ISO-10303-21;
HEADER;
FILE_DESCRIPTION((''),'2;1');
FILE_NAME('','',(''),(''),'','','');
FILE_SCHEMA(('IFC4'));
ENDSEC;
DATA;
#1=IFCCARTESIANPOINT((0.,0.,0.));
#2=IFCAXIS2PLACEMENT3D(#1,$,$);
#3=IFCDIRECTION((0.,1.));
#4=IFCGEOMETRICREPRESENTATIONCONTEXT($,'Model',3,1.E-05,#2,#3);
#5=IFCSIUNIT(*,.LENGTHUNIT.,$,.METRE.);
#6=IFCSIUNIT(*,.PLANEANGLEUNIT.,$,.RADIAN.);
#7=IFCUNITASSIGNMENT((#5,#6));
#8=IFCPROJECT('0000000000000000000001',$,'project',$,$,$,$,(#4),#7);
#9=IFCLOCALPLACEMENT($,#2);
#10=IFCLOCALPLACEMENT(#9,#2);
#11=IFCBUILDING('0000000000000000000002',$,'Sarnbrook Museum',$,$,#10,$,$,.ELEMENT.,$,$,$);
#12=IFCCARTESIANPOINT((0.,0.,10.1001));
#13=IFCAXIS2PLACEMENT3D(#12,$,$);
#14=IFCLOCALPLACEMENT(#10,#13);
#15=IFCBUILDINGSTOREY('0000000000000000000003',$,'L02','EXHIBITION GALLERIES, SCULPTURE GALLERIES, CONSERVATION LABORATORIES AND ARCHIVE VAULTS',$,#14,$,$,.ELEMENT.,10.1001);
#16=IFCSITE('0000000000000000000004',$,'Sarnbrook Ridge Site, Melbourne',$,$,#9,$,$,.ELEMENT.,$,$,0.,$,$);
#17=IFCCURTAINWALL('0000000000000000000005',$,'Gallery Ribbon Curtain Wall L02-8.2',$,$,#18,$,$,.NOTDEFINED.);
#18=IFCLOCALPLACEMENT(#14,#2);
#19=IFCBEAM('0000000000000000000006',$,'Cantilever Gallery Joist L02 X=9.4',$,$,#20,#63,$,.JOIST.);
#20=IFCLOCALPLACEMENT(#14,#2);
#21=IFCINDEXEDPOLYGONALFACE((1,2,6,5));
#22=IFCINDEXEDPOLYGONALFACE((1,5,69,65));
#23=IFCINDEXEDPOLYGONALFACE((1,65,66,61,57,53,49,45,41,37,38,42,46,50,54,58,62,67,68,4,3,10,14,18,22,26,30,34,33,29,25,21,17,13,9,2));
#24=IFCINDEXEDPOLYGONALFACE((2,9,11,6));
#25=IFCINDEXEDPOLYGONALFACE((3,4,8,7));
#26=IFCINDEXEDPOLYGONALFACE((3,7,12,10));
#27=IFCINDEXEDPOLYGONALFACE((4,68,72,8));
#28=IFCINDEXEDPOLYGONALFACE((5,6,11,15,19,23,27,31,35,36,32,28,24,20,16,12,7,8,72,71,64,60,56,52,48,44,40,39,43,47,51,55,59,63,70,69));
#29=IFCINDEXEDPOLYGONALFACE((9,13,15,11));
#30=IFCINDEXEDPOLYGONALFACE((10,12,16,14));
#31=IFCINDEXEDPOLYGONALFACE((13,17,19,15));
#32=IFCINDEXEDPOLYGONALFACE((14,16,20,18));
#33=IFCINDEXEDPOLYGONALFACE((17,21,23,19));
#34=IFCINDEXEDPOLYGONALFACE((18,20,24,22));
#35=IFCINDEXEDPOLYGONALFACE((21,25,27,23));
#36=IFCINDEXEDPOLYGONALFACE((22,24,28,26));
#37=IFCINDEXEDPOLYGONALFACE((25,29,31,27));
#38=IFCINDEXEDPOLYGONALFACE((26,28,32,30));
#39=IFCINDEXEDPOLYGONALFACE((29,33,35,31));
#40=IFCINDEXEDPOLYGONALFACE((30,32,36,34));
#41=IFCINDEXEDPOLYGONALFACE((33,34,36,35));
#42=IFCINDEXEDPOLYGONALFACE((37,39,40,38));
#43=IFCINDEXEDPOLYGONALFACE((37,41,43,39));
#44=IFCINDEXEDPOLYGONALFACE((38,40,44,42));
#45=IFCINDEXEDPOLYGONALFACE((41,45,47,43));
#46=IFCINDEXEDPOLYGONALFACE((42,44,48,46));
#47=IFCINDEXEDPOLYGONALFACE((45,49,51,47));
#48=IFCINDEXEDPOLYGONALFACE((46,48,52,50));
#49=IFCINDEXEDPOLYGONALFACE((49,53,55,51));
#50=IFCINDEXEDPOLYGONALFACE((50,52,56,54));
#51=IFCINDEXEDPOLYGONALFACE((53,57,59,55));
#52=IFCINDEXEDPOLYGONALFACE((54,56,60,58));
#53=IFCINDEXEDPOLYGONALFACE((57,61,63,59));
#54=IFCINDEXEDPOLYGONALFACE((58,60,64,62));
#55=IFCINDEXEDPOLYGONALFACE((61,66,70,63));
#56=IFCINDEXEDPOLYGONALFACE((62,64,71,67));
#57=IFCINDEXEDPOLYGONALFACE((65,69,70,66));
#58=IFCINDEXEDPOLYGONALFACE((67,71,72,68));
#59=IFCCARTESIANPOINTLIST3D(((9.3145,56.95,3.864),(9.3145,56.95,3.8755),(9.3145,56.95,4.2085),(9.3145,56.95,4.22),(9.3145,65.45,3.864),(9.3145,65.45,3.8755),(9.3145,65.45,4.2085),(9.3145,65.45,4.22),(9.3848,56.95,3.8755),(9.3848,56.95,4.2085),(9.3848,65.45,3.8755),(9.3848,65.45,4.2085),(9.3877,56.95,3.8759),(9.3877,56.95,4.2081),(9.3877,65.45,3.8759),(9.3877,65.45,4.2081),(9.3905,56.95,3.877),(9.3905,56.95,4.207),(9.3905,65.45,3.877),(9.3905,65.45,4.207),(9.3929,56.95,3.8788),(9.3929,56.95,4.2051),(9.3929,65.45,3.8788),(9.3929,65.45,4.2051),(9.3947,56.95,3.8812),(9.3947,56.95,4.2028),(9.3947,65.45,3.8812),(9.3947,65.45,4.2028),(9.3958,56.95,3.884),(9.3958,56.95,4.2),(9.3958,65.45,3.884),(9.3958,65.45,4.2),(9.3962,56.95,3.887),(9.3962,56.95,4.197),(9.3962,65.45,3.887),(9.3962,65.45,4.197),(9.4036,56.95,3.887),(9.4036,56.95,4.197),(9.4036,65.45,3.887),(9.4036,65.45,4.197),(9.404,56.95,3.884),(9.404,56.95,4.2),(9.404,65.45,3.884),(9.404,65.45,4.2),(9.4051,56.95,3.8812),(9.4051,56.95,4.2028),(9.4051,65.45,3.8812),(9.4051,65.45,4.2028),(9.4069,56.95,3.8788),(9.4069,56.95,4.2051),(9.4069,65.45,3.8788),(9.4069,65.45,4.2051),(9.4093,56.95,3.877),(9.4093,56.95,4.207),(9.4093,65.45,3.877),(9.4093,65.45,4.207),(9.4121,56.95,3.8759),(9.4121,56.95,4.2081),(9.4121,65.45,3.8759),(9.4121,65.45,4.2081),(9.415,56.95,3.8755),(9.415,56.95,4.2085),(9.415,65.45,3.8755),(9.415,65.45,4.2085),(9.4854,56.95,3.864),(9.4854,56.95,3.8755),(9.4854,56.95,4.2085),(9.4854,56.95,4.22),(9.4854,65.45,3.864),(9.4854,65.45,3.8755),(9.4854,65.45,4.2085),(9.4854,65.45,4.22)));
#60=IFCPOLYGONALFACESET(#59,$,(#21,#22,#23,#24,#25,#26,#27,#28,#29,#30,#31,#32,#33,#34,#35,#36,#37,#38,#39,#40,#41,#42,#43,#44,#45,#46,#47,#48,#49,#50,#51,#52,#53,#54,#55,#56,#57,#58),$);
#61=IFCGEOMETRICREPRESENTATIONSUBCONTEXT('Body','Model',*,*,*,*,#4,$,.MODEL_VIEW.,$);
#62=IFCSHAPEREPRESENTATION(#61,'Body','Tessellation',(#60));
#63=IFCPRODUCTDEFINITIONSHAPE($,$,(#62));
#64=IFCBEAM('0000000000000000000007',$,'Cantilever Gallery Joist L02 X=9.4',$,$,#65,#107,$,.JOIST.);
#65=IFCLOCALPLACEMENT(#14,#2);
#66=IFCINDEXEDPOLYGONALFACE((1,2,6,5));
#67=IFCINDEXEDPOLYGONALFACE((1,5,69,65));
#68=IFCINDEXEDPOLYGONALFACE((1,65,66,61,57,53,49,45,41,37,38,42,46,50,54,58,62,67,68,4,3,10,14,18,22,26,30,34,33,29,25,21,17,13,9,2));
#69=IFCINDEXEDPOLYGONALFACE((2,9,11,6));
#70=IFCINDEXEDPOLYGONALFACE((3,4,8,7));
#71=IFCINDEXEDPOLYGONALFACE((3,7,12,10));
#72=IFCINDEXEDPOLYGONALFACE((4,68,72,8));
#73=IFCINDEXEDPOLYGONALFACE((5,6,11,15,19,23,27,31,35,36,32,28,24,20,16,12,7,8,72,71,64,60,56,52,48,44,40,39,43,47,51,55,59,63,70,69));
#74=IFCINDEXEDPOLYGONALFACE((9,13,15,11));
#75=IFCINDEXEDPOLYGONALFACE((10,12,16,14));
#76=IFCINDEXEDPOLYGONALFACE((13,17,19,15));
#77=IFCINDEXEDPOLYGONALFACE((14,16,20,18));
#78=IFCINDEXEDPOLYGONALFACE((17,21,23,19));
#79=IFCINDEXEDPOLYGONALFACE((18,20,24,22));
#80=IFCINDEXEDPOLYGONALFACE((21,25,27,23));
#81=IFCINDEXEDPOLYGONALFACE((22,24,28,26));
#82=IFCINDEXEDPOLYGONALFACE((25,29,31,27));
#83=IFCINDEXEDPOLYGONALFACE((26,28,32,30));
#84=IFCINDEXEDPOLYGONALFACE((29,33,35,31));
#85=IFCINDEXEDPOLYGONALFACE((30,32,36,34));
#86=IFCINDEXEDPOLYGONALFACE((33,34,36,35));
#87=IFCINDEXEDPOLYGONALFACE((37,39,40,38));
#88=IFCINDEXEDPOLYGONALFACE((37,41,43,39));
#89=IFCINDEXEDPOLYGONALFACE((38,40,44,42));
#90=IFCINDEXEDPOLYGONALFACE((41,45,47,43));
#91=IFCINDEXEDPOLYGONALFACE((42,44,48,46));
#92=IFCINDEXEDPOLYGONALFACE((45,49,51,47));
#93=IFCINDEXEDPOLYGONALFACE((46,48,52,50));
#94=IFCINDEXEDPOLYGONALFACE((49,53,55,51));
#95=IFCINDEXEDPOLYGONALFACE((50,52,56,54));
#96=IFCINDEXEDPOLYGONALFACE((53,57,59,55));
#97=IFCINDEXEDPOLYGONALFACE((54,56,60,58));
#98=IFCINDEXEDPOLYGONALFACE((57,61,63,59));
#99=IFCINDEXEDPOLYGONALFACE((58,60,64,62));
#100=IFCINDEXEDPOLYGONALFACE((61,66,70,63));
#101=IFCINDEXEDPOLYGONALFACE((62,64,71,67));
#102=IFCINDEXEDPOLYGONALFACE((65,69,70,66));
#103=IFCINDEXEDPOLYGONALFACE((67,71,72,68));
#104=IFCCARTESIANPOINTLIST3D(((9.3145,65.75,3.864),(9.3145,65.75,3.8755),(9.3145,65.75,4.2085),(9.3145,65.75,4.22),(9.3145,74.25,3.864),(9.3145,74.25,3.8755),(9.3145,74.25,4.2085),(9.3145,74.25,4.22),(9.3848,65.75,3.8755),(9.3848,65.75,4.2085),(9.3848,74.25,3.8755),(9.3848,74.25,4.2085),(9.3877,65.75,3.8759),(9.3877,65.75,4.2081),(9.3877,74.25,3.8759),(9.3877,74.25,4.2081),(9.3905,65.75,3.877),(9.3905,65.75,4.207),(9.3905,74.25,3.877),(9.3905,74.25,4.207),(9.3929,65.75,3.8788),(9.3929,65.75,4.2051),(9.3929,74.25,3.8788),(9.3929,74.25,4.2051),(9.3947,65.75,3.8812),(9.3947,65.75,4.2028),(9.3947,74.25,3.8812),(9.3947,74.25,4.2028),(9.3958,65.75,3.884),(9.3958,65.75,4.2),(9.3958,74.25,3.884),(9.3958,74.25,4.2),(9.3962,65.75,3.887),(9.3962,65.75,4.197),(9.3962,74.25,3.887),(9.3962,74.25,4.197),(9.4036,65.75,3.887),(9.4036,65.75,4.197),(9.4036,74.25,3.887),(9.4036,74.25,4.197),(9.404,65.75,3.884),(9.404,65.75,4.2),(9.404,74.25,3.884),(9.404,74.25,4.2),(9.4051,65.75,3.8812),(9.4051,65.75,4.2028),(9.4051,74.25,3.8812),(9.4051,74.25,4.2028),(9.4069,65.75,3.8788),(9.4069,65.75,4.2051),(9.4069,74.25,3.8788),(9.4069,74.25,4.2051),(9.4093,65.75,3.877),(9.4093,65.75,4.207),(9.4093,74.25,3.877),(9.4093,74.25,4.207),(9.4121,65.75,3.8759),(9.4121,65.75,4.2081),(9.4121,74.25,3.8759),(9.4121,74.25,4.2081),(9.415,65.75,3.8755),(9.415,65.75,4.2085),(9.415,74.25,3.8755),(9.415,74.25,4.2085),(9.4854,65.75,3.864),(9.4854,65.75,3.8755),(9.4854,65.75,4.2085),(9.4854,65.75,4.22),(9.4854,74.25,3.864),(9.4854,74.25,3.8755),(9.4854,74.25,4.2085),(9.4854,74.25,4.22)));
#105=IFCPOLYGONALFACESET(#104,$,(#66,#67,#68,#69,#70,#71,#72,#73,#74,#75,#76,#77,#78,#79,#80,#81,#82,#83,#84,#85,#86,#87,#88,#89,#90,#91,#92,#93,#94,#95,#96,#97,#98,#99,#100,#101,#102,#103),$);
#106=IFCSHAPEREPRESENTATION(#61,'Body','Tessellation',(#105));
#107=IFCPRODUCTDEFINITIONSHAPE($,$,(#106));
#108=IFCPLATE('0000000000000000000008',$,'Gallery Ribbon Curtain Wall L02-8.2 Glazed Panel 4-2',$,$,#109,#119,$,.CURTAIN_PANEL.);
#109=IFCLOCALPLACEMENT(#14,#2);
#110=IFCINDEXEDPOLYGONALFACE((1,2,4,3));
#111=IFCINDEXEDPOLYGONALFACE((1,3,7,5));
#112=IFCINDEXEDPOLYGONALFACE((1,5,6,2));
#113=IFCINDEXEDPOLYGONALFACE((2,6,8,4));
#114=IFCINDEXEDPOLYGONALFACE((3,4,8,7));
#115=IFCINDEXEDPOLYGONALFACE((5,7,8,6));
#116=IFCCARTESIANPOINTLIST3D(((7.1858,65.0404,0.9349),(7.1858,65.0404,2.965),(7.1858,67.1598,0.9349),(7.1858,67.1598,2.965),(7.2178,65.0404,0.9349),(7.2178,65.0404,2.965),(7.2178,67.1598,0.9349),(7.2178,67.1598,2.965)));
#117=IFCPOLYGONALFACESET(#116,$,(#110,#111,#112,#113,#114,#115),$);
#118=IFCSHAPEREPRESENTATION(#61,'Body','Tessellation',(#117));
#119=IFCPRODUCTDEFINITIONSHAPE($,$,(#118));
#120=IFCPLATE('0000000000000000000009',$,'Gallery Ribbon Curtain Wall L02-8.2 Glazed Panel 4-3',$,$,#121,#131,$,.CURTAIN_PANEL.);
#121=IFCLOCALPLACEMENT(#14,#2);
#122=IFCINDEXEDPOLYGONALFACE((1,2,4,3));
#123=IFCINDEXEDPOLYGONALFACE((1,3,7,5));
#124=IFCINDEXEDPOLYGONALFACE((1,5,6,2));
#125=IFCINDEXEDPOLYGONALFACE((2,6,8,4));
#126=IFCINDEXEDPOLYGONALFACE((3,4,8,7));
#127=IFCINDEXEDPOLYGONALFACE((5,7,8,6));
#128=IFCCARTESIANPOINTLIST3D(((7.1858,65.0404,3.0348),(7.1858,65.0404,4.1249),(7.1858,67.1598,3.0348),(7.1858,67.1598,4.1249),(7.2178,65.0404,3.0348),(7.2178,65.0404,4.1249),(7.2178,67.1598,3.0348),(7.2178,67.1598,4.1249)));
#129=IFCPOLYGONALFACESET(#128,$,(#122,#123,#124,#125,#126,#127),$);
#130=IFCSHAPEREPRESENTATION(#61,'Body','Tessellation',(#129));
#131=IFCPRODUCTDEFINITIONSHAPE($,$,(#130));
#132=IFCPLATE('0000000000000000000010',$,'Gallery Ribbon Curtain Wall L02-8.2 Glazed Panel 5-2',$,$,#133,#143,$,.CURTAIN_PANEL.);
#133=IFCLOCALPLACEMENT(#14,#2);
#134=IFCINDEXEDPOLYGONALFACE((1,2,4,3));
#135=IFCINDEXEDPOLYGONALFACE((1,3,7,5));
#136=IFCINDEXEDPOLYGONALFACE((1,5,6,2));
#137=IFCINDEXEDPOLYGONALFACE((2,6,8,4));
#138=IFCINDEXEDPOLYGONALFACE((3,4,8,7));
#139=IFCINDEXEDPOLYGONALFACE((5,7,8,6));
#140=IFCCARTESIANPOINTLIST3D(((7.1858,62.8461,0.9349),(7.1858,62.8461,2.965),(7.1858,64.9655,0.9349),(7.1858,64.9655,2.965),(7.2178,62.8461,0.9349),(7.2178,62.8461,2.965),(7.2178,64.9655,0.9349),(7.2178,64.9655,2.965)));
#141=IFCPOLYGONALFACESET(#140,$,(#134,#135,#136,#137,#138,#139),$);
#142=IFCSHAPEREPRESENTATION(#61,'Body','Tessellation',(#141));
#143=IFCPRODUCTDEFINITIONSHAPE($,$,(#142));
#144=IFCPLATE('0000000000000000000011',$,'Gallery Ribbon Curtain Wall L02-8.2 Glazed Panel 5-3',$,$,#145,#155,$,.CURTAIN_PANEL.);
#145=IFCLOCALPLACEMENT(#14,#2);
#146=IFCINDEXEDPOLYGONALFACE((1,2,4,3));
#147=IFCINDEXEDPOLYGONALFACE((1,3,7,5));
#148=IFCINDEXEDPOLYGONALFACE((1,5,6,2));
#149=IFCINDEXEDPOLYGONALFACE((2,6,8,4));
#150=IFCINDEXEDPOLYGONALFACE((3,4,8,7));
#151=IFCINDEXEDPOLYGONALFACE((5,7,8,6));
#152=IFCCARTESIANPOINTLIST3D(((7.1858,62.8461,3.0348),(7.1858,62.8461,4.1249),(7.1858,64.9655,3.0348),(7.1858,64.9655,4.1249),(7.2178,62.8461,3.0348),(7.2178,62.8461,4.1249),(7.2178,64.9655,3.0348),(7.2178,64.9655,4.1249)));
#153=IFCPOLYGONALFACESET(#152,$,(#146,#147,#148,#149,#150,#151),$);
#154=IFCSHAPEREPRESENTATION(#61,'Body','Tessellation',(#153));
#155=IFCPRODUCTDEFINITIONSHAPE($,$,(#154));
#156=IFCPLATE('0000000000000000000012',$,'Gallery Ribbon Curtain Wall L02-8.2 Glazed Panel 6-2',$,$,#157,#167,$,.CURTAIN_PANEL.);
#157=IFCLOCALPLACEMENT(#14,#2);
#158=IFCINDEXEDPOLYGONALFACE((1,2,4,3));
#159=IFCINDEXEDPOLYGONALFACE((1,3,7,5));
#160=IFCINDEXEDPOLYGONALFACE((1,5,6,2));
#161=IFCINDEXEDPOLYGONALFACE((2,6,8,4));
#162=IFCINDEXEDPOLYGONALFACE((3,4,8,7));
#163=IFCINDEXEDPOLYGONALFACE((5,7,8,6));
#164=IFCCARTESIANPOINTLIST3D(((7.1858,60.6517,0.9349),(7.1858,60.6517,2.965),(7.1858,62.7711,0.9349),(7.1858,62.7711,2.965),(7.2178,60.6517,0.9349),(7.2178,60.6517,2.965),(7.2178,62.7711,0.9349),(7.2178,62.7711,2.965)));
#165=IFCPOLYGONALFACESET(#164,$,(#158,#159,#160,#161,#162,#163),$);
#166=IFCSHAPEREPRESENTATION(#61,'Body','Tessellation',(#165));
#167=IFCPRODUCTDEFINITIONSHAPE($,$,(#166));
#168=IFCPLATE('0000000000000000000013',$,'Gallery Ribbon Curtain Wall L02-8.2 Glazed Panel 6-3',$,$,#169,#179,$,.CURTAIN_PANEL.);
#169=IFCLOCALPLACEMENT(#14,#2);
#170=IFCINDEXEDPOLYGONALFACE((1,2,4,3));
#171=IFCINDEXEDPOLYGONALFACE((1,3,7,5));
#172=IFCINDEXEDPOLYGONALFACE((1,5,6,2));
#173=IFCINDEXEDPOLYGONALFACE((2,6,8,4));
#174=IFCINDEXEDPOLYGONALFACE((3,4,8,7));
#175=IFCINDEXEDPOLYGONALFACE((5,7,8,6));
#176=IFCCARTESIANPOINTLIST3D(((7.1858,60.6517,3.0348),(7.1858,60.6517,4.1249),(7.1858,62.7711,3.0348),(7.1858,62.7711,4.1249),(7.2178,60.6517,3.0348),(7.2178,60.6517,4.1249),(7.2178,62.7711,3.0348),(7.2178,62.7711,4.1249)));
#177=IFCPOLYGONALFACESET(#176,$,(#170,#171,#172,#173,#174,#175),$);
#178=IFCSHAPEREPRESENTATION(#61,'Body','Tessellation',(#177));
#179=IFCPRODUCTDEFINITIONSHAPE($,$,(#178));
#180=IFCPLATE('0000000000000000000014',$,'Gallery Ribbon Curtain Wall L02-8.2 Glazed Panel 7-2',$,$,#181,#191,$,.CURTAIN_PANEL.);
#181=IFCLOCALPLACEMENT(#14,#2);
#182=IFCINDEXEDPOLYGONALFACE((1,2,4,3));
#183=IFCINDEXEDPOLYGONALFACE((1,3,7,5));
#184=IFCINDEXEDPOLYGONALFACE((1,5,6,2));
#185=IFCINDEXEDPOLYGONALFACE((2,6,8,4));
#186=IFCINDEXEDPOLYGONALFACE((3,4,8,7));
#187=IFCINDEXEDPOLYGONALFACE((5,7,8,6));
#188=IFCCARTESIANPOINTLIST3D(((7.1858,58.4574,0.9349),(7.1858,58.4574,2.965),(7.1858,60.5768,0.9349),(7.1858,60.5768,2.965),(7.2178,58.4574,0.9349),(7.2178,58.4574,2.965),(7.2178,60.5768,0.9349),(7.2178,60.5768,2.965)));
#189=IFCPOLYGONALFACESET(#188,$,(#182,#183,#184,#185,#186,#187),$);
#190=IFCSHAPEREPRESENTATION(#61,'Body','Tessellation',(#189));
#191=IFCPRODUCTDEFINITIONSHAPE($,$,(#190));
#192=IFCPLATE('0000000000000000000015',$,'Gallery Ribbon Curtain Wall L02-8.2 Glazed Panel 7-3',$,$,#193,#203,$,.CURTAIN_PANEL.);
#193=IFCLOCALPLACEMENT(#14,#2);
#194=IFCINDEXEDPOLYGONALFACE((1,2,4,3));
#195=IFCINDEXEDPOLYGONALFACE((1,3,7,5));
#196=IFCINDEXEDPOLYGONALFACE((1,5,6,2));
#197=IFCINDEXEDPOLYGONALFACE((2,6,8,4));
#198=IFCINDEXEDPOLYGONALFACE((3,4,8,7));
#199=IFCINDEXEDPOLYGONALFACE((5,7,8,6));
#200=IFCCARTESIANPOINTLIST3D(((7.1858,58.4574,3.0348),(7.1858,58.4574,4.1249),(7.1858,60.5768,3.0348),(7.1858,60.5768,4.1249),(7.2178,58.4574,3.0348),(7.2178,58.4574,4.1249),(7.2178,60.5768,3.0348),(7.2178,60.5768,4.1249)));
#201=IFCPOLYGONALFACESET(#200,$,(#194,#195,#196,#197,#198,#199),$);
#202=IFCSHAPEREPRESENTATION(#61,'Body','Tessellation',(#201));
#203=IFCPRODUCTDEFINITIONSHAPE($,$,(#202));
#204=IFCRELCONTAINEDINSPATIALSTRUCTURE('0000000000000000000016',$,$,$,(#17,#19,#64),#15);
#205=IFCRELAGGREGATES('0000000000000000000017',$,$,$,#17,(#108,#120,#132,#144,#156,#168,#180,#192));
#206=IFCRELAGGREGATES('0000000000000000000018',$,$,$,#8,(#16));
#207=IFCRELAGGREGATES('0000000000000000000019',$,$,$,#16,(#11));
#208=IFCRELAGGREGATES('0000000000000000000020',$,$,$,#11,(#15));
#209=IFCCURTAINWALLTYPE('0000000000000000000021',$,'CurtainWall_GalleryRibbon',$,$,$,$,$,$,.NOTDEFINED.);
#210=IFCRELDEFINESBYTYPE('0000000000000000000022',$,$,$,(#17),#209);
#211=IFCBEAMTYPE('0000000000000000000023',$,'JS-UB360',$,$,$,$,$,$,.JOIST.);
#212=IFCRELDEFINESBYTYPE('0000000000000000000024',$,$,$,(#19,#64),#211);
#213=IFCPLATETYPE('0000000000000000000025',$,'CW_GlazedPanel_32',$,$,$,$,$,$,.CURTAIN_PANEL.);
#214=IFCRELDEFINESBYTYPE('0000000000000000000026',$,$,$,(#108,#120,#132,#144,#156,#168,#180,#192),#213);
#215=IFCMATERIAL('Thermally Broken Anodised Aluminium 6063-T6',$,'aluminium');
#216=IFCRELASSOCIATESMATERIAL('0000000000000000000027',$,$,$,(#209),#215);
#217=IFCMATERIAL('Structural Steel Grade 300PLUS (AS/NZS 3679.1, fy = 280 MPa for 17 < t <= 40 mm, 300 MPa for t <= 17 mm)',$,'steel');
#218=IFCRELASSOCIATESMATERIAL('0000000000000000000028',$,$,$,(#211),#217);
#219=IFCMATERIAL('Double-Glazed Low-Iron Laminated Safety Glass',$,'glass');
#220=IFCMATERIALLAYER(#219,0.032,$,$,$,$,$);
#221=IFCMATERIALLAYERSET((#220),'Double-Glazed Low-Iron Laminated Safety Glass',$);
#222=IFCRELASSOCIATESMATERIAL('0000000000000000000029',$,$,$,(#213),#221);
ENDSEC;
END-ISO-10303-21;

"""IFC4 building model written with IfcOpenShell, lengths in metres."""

from ifc_helpers import new_model, si_unit, direction, frame, origin, origin_2d, place, context, subcontext, project, spatial, rectangle, i_section, extrude, material, layer, layer_set, material_profile, profile_set, type_object, element, aggregate, save


model = new_model("IFC4")

# Units and contexts
model_context = context("Model", 3, precision=1e-05, world=origin(), true_north=direction((0.0, 1.0)))
body_context = subcontext(model_context, "Body", "Model", "MODEL_VIEW")
ifc_project = project(units=[si_unit("LENGTHUNIT", "METRE"), si_unit("PLANEANGLEUNIT", "RADIAN")], contexts=[model_context])

# Site, building, storey
site_placement = place(None, origin())
site = spatial("IfcSite", under=ifc_project, at=site_placement, Name="Sarnbrook Ridge Site, Melbourne", CompositionType="ELEMENT", RefElevation=0.0)
building_placement = place(site_placement, origin())
building = spatial("IfcBuilding", under=site, at=building_placement, Name="Sarnbrook Museum", CompositionType="ELEMENT")
storey_placement = place(building_placement, frame((0.0, 0.0, 10.1001)))
storey = spatial("IfcBuildingStorey", under=building, at=storey_placement, Name="L02", Description="EXHIBITION GALLERIES, SCULPTURE GALLERIES, CONSERVATION LABORATORIES AND ARCHIVE VAULTS", CompositionType="ELEMENT", Elevation=10.1001)

# Shared definitions
ifc_material_1 = material(Name="Structural Steel Grade 300PLUS (AS/NZS 3679.1, fy = 280 MPa for 17 < t <= 40 mm, 300 MPa for t <= 17 mm)", Category="steel")

# Curtain wall
ifc_material_2 = material(Name="Thermally Broken Anodised Aluminium 6063-T6", Category="aluminium")
curtain_wall_type = type_object("IfcCurtainWallType", Name="CurtainWall_GalleryRibbon", PredefinedType="NOTDEFINED", material=ifc_material_2)
curtain_wall_placement = place(storey_placement, origin())
curtain_wall = element("IfcCurtainWall", 1, at=curtain_wall_placement, inside=storey, type_object=curtain_wall_type, Name="Gallery Ribbon Curtain Wall L02-8.2", PredefinedType="NOTDEFINED")

# Beams
ifc_material_profile_1 = material_profile(ifc_material_1, i_section(OverallWidth=0.1709, OverallDepth=0.356, WebThickness=0.0073, FlangeThickness=0.0115, FilletRadius=0.0115, at=origin_2d()), Name="360UB50.7")
ifc_profile_set_1 = profile_set([ifc_material_profile_1], Name="Structural Steel Grade 300PLUS (AS/NZS 3679.1, fy = 280 MPa for 17 < t <= 40 mm, 300 MPa for t <= 17 mm)")
beam_type_1 = type_object("IfcBeamType", Name="JS-UB360", PredefinedType="JOIST", material=ifc_profile_set_1)
for number, where, z_axis, x_axis, name in (
    (2, (9.3999, 56.95, 4.042), (0.0, 1.0, 0.0), (-1.0, 0.0, 0.0), "Cantilever Gallery Joist L02 X=9.4"),
    (3, (9.3999, 65.75, 4.042), (0.0, 1.0, 0.0), (-1.0, 0.0, 0.0), "Cantilever Gallery Joist L02 X=9.4"),
):
    element("IfcBeam", number, at=place(storey_placement, frame(where, z_axis=z_axis, x_axis=x_axis)), inside=storey, type_object=beam_type_1, Name=name, PredefinedType="JOIST", context=body_context, shape_type="SweptSolid", body=[
        extrude(i_section(OverallWidth=0.1709, OverallDepth=0.356, WebThickness=0.0073, FlangeThickness=0.0115, FilletRadius=0.0115, at=origin_2d()), origin(), (0.0, 0.0, 1.0), 8.5),
    ])

# Plates
ifc_material_3 = material(Name="Double-Glazed Low-Iron Laminated Safety Glass", Category="glass")
ifc_layer_1 = layer(ifc_material_3, 0.032)
ifc_layer_set_1 = layer_set([ifc_layer_1], Name="Double-Glazed Low-Iron Laminated Safety Glass")
plate_type_1 = type_object("IfcPlateType", Name="CW_GlazedPanel_32", PredefinedType="CURTAIN_PANEL", material=ifc_layer_set_1)
plate_1_placement = place(storey_placement, frame((7.2178, 66.1001, 1.95), z_axis=(-1.0, 0.0, 0.0), x_axis=(0.0, -1.0, 0.0)))
plate_1 = element("IfcPlate", 4, at=plate_1_placement, type_object=plate_type_1, Name="Gallery Ribbon Curtain Wall L02-8.2 Glazed Panel 4-2", PredefinedType="CURTAIN_PANEL", context=body_context, shape_type="SweptSolid", body=[
    extrude(rectangle(XDim=2.1194, YDim=2.03, at=origin_2d()), origin(), (0.0, 0.0, 1.0), 0.032),
])
plate_2_placement = place(storey_placement, frame((7.2178, 66.1001, 3.5798), z_axis=(-1.0, 0.0, 0.0), x_axis=(0.0, -1.0, 0.0)))
plate_2 = element("IfcPlate", 5, at=plate_2_placement, type_object=plate_type_1, Name="Gallery Ribbon Curtain Wall L02-8.2 Glazed Panel 4-3", PredefinedType="CURTAIN_PANEL", context=body_context, shape_type="SweptSolid", body=[
    extrude(rectangle(XDim=2.1194, YDim=1.0901, at=origin_2d()), origin(), (0.0, 0.0, 1.0), 0.032),
])
plate_3_placement = place(storey_placement, frame((7.2178, 63.9058, 1.95), z_axis=(-1.0, 0.0, 0.0), x_axis=(0.0, -1.0, 0.0)))
plate_3 = element("IfcPlate", 6, at=plate_3_placement, type_object=plate_type_1, Name="Gallery Ribbon Curtain Wall L02-8.2 Glazed Panel 5-2", PredefinedType="CURTAIN_PANEL", context=body_context, shape_type="SweptSolid", body=[
    extrude(rectangle(XDim=2.1194, YDim=2.03, at=origin_2d()), origin(), (0.0, 0.0, 1.0), 0.032),
])
plate_4_placement = place(storey_placement, frame((7.2178, 63.9058, 3.5798), z_axis=(-1.0, 0.0, 0.0), x_axis=(0.0, -1.0, 0.0)))
plate_4 = element("IfcPlate", 7, at=plate_4_placement, type_object=plate_type_1, Name="Gallery Ribbon Curtain Wall L02-8.2 Glazed Panel 5-3", PredefinedType="CURTAIN_PANEL", context=body_context, shape_type="SweptSolid", body=[
    extrude(rectangle(XDim=2.1194, YDim=1.0901, at=origin_2d()), origin(), (0.0, 0.0, 1.0), 0.032),
])
plate_5_placement = place(storey_placement, frame((7.2178, 61.7114, 1.95), z_axis=(-1.0, 0.0, 0.0), x_axis=(0.0, -1.0, 0.0)))
plate_5 = element("IfcPlate", 8, at=plate_5_placement, type_object=plate_type_1, Name="Gallery Ribbon Curtain Wall L02-8.2 Glazed Panel 6-2", PredefinedType="CURTAIN_PANEL", context=body_context, shape_type="SweptSolid", body=[
    extrude(rectangle(XDim=2.1194, YDim=2.03, at=origin_2d()), origin(), (0.0, 0.0, 1.0), 0.032),
])
plate_6_placement = place(storey_placement, frame((7.2178, 61.7114, 3.5798), z_axis=(-1.0, 0.0, 0.0), x_axis=(0.0, -1.0, 0.0)))
plate_6 = element("IfcPlate", 9, at=plate_6_placement, type_object=plate_type_1, Name="Gallery Ribbon Curtain Wall L02-8.2 Glazed Panel 6-3", PredefinedType="CURTAIN_PANEL", context=body_context, shape_type="SweptSolid", body=[
    extrude(rectangle(XDim=2.1194, YDim=1.0901, at=origin_2d()), origin(), (0.0, 0.0, 1.0), 0.032),
])
plate_7_placement = place(storey_placement, frame((7.2178, 59.5171, 1.95), z_axis=(-1.0, 0.0, 0.0), x_axis=(0.0, -1.0, 0.0)))
plate_7 = element("IfcPlate", 10, at=plate_7_placement, type_object=plate_type_1, Name="Gallery Ribbon Curtain Wall L02-8.2 Glazed Panel 7-2", PredefinedType="CURTAIN_PANEL", context=body_context, shape_type="SweptSolid", body=[
    extrude(rectangle(XDim=2.1194, YDim=2.03, at=origin_2d()), origin(), (0.0, 0.0, 1.0), 0.032),
])
plate_8_placement = place(storey_placement, frame((7.2178, 59.5171, 3.5798), z_axis=(-1.0, 0.0, 0.0), x_axis=(0.0, -1.0, 0.0)))
plate_8 = element("IfcPlate", 11, at=plate_8_placement, type_object=plate_type_1, Name="Gallery Ribbon Curtain Wall L02-8.2 Glazed Panel 7-3", PredefinedType="CURTAIN_PANEL", context=body_context, shape_type="SweptSolid", body=[
    extrude(rectangle(XDim=2.1194, YDim=1.0901, at=origin_2d()), origin(), (0.0, 0.0, 1.0), 0.032),
])
aggregate(curtain_wall, [plate_1, plate_2, plate_3, plate_4, plate_5, plate_6, plate_7, plate_8])

save(model, "model.ifc")
